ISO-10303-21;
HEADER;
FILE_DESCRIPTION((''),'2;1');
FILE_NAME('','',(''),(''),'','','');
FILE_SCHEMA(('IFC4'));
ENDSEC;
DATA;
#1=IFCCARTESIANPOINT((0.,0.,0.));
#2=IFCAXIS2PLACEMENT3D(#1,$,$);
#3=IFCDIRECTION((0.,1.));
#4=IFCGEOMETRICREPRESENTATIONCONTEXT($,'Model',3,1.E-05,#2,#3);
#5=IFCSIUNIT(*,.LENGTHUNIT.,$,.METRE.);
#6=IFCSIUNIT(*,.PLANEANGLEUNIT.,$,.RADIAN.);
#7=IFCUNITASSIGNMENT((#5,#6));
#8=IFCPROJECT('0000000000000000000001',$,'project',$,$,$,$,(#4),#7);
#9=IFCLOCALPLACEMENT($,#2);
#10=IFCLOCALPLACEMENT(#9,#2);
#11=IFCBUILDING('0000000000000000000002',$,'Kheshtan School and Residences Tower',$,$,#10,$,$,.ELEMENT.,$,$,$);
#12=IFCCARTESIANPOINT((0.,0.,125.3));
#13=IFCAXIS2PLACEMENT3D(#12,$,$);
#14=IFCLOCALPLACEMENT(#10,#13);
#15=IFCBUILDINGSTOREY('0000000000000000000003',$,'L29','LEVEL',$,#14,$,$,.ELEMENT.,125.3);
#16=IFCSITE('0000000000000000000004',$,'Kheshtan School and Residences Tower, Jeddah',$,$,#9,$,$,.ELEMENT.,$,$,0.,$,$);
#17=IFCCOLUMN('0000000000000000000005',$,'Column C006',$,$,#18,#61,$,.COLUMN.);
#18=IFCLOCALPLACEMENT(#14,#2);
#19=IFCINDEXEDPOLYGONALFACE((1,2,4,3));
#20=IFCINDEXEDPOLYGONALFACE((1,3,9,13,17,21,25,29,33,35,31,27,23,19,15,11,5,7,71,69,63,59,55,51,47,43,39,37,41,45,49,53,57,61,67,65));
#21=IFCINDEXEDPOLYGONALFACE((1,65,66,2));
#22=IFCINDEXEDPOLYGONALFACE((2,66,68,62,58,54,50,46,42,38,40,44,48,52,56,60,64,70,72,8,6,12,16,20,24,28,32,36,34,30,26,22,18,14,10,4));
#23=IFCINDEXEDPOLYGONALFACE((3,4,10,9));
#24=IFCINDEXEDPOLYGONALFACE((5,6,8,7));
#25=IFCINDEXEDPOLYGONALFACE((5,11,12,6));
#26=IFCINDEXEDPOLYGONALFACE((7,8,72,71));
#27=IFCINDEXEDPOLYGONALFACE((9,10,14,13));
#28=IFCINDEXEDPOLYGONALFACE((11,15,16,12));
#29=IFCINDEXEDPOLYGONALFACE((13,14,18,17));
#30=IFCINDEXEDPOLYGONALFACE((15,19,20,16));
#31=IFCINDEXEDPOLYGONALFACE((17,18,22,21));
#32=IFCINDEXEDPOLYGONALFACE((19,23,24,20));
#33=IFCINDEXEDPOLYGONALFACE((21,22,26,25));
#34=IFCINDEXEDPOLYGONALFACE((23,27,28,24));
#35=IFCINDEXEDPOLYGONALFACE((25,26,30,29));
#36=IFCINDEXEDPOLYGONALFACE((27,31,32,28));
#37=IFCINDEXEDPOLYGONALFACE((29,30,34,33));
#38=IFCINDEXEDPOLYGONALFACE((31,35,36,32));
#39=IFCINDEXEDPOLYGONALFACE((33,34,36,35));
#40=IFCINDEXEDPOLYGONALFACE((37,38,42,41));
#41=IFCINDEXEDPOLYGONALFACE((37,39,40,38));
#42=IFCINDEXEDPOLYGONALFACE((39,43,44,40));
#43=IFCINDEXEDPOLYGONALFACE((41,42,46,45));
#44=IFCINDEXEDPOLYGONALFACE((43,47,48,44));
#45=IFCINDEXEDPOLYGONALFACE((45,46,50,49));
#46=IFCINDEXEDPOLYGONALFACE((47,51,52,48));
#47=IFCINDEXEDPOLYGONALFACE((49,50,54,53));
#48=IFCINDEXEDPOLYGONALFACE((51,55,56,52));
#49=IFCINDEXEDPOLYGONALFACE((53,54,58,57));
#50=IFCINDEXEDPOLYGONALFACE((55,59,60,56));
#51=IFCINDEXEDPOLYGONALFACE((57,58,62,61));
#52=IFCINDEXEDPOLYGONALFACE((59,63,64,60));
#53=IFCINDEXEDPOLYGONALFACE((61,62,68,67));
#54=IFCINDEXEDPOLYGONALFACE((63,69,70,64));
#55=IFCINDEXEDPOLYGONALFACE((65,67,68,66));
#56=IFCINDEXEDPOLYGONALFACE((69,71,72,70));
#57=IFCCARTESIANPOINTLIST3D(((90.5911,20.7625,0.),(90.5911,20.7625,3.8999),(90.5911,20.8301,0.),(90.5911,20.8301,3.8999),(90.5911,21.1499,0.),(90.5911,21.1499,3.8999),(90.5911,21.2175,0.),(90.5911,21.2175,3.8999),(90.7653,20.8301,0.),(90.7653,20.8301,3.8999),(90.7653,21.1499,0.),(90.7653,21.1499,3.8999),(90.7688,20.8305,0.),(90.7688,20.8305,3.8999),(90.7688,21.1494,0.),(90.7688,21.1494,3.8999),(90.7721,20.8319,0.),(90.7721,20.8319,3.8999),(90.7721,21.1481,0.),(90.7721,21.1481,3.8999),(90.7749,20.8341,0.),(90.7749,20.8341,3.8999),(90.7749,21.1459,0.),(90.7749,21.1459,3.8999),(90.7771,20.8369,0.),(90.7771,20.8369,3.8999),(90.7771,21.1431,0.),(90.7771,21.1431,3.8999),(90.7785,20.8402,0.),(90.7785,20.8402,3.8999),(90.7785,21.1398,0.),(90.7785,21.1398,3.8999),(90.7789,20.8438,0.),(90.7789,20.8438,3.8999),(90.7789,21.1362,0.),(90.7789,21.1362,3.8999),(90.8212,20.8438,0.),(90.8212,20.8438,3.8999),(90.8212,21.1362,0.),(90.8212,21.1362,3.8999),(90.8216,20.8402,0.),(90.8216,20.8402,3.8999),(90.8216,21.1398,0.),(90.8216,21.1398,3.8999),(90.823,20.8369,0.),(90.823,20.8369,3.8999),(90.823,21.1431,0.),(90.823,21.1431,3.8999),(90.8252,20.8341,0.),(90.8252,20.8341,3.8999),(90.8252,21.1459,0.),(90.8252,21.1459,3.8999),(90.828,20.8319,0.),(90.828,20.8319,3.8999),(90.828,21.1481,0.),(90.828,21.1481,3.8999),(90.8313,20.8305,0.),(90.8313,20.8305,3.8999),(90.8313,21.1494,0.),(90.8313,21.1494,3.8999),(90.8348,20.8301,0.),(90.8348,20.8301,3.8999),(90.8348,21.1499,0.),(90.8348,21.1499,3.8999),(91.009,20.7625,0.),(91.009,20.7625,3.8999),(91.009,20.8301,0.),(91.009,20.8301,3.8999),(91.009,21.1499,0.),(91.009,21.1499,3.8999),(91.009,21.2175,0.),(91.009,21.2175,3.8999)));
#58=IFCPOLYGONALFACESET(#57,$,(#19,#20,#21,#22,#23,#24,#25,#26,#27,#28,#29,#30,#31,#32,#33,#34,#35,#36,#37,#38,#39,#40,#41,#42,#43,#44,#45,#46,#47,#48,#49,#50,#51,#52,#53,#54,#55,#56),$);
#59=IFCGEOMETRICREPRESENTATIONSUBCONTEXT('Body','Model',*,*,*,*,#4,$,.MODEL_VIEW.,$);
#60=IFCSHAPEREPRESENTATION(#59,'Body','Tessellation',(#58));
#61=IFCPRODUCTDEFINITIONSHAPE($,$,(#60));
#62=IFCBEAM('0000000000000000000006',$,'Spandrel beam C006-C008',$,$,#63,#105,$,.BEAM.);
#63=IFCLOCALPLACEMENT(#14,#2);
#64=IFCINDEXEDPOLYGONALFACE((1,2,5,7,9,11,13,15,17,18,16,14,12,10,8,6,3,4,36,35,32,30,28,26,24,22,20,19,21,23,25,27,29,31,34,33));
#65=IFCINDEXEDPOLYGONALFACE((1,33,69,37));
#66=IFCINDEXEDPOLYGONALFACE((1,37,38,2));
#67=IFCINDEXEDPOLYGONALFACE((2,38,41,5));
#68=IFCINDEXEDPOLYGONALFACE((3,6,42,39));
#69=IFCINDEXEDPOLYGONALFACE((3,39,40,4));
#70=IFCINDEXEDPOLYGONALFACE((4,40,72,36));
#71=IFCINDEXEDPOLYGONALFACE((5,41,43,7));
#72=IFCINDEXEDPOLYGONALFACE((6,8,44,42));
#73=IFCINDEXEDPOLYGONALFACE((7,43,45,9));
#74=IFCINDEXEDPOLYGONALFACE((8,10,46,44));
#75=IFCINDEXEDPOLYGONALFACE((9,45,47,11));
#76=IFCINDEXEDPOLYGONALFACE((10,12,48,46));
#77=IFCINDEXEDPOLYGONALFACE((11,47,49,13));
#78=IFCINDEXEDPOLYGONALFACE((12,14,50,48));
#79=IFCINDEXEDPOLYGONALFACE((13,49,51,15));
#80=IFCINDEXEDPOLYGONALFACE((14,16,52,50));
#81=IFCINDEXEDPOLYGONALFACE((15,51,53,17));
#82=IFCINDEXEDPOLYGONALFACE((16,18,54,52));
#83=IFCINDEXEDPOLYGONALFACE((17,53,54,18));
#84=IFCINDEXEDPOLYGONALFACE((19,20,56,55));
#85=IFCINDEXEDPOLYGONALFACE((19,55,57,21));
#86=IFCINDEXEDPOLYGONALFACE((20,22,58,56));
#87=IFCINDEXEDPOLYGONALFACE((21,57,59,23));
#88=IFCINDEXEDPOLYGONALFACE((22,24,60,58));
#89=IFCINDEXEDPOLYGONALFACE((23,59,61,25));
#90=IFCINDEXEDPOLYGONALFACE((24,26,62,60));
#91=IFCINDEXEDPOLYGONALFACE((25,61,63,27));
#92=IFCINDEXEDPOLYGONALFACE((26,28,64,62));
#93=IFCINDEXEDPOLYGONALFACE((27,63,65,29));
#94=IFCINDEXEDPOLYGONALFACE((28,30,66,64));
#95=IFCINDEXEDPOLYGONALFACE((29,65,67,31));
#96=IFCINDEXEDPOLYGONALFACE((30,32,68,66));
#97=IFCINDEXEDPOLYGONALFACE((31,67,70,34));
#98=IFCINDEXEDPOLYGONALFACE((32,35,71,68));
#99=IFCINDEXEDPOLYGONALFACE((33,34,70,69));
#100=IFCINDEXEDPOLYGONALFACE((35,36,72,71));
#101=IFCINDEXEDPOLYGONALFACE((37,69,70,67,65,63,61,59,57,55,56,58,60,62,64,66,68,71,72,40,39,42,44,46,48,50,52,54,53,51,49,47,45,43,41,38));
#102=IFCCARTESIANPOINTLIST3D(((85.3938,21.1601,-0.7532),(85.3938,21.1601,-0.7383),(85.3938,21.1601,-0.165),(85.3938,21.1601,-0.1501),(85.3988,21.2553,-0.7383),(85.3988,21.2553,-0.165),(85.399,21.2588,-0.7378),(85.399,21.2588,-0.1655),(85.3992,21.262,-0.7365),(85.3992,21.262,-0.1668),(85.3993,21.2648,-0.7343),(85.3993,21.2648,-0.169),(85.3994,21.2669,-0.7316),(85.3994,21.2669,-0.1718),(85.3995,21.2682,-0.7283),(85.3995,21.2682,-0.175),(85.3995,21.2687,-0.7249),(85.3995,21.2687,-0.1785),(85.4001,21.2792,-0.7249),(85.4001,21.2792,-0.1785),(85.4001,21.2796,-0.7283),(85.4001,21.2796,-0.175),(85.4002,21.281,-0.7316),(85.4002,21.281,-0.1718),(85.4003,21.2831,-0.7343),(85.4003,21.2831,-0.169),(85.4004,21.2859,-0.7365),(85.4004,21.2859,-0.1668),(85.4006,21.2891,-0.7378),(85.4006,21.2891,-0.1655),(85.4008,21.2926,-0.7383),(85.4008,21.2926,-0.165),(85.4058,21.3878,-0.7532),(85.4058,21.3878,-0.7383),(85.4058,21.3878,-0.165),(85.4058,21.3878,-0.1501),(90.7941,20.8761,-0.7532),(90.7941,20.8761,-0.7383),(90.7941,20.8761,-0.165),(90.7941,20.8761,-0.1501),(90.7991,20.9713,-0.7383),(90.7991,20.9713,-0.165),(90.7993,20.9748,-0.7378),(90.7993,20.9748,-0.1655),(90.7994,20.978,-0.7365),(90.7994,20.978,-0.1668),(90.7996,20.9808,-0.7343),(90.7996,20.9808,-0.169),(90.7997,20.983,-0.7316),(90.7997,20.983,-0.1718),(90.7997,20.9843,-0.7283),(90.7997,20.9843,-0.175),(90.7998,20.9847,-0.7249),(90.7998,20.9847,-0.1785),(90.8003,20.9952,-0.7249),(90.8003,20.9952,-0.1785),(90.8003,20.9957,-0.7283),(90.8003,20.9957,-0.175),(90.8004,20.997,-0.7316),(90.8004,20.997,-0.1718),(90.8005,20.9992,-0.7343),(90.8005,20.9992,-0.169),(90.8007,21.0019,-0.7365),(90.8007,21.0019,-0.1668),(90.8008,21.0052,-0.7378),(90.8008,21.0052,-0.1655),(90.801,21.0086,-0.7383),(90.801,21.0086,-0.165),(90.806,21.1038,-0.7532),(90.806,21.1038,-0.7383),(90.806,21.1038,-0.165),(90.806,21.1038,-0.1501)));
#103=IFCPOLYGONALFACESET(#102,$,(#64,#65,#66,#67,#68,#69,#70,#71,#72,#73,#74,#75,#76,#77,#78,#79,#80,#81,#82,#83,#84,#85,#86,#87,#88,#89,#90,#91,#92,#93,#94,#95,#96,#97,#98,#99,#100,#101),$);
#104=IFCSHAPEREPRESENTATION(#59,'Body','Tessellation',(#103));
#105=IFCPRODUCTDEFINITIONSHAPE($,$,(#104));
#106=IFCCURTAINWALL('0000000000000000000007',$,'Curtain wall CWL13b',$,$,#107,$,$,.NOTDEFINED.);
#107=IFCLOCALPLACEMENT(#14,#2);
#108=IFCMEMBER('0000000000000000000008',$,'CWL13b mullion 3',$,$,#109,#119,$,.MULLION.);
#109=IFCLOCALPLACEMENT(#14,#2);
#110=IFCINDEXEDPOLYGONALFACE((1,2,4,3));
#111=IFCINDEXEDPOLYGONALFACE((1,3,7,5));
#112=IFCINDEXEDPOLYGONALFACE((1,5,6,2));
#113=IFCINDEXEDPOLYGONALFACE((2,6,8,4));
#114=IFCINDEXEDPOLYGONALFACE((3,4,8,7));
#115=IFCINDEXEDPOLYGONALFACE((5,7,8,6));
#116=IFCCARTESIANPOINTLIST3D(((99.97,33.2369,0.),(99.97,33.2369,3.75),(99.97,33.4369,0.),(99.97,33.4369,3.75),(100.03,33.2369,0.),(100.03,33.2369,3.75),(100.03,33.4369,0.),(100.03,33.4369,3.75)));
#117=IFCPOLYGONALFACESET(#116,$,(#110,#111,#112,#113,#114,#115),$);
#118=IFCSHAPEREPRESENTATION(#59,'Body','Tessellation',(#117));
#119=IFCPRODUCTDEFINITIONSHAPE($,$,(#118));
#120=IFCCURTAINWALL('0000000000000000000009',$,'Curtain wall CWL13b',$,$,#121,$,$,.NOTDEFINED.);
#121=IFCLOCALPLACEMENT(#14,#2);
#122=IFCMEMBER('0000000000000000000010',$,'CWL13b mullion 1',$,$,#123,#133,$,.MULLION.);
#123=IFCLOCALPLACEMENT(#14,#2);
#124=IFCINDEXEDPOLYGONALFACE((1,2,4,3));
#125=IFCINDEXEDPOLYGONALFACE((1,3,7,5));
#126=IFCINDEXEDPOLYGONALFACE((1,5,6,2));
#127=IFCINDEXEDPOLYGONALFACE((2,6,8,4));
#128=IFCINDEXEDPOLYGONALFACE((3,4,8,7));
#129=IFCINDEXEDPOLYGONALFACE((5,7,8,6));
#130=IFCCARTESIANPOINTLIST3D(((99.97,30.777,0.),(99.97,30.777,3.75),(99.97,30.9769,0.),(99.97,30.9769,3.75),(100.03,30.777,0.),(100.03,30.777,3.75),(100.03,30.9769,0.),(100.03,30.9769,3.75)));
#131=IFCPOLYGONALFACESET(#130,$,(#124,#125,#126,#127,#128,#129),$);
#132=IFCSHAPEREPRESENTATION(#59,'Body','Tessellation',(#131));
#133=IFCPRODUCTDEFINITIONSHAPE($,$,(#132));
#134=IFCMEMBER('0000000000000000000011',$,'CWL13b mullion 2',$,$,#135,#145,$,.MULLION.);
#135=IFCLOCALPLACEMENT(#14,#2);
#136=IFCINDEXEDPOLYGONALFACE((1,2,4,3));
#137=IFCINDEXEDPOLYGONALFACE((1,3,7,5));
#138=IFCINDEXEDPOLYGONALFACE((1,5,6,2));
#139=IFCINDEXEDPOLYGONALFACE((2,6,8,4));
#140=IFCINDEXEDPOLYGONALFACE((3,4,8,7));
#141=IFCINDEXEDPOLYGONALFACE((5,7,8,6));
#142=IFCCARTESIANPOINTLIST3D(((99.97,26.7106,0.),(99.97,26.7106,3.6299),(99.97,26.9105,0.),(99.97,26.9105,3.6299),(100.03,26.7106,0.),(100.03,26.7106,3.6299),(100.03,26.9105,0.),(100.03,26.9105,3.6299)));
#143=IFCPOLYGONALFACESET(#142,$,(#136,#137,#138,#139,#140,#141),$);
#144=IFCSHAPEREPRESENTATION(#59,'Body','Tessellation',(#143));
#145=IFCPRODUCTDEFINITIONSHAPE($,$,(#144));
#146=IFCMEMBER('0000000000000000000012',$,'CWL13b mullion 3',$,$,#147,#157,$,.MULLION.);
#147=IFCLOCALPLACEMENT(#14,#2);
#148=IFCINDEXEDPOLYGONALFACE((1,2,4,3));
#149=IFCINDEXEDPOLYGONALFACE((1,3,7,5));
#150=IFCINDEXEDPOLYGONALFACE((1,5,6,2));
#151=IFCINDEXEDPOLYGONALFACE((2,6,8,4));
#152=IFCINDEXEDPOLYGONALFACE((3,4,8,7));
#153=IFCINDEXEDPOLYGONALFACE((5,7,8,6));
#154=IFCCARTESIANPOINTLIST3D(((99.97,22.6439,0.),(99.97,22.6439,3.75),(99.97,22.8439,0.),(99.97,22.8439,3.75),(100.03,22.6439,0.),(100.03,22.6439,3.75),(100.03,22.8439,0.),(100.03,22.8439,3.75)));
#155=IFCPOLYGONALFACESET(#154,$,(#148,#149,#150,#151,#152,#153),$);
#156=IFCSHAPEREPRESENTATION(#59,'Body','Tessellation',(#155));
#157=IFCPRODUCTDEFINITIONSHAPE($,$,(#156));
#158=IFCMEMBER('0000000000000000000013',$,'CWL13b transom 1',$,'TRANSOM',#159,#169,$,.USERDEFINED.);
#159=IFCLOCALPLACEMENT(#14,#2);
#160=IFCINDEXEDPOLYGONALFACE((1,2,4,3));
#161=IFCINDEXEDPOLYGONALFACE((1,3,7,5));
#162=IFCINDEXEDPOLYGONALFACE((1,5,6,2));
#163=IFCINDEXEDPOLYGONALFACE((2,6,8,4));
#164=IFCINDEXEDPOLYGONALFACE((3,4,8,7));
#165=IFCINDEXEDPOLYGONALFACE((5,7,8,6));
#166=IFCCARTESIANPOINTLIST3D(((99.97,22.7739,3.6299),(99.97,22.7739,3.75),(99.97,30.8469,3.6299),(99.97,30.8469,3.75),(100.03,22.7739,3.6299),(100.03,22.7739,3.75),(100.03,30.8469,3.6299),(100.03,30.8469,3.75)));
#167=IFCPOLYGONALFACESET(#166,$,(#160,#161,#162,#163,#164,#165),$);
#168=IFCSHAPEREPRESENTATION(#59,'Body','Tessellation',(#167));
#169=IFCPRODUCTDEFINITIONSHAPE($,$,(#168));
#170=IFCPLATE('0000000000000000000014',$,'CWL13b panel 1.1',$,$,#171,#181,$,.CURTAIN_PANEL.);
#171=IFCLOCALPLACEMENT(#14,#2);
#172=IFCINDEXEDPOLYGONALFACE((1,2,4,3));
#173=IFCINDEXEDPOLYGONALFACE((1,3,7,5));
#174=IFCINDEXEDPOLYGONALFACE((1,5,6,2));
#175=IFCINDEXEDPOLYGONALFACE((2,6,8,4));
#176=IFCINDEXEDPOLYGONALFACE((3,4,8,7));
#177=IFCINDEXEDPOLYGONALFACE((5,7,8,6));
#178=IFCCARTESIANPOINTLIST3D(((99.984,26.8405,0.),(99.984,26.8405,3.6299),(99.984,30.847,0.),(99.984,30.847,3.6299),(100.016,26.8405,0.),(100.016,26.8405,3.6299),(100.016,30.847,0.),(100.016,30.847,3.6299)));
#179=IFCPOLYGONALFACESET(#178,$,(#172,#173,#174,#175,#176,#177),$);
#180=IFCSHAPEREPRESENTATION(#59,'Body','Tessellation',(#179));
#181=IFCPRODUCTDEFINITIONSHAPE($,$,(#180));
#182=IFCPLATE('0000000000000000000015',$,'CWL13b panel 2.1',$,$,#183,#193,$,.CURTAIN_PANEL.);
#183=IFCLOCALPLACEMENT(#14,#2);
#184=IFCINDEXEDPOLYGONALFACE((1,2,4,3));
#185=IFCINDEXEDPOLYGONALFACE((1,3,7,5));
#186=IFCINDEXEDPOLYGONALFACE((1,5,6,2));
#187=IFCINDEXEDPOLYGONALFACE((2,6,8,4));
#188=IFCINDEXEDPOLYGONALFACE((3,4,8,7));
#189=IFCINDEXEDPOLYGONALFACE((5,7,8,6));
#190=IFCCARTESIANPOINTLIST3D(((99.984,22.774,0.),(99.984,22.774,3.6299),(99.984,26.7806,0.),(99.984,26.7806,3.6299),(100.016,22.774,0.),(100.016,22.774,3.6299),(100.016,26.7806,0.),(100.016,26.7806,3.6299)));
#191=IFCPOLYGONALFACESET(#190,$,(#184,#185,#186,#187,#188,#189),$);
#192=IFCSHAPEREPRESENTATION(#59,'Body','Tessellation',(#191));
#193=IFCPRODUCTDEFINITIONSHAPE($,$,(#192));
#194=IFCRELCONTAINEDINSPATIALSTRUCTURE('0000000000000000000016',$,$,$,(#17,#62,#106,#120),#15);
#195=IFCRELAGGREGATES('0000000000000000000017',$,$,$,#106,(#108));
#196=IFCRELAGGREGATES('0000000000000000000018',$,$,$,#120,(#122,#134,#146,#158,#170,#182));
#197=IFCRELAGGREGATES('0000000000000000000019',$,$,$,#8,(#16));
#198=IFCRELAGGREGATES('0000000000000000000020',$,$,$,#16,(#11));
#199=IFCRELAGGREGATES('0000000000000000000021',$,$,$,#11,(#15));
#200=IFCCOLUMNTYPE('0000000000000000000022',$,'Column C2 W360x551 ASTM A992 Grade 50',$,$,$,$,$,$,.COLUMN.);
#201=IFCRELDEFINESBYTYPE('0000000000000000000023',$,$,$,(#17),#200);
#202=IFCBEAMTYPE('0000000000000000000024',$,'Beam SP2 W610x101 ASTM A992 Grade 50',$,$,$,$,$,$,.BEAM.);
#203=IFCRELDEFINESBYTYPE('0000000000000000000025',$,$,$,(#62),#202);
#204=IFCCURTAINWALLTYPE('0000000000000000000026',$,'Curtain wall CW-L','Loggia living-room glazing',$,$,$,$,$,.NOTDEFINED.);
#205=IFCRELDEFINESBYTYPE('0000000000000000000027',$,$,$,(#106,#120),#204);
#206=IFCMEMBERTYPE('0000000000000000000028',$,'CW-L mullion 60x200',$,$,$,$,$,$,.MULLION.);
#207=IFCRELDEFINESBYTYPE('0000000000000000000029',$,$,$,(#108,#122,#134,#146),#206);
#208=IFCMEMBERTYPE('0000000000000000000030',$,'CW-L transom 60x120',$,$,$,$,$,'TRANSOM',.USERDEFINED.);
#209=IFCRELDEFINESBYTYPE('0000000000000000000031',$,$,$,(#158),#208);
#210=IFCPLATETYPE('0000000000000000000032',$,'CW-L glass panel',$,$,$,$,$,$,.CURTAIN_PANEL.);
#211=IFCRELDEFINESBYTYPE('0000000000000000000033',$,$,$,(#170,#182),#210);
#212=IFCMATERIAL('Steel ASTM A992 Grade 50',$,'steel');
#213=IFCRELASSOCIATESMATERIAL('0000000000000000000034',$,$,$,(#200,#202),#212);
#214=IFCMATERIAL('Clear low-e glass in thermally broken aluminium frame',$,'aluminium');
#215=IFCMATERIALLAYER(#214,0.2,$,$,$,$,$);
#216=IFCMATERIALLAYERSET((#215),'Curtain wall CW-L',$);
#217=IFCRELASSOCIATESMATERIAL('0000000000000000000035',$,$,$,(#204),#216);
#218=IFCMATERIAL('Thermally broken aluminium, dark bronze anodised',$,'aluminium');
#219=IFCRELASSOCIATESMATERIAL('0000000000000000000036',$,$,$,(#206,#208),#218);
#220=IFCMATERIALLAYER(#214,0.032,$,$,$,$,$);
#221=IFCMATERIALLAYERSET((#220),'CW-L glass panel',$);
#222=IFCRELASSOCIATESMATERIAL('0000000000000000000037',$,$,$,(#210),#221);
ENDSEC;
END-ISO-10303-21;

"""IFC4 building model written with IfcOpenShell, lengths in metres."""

from ifc_helpers import new_model, si_unit, direction, frame, origin, origin_2d, place, context, subcontext, project, spatial, rectangle, i_section, extrude, material, layer, layer_set, material_profile, profile_set, type_object, element, aggregate, save


model = new_model("IFC4")

# Units and contexts
model_context = context("Model", 3, precision=1e-05, world=origin(), true_north=direction((0.0, 1.0)))
body_context = subcontext(model_context, "Body", "Model", "MODEL_VIEW")
ifc_project = project(units=[si_unit("LENGTHUNIT", "METRE"), si_unit("PLANEANGLEUNIT", "RADIAN")], contexts=[model_context])

# Site, building, storey
site_placement = place(None, origin())
site = spatial("IfcSite", under=ifc_project, at=site_placement, Name="Kheshtan School and Residences Tower, Jeddah", CompositionType="ELEMENT", RefElevation=0.0)
building_placement = place(site_placement, origin())
building = spatial("IfcBuilding", under=site, at=building_placement, Name="Kheshtan School and Residences Tower", CompositionType="ELEMENT")
storey_placement = place(building_placement, frame((0.0, 0.0, 125.3)))
storey = spatial("IfcBuildingStorey", under=building, at=storey_placement, Name="L29", Description="LEVEL", CompositionType="ELEMENT", Elevation=125.3)

# Column
ifc_material_1 = material(Name="Steel ASTM A992 Grade 50", Category="steel")
ifc_material_profile_1 = material_profile(ifc_material_1, i_section(OverallWidth=0.418, OverallDepth=0.4551, WebThickness=0.0422, FlangeThickness=0.0676, FilletRadius=0.0137, at=origin_2d()), Name="W360x551")
ifc_profile_set_1 = profile_set([ifc_material_profile_1], Name="Steel ASTM A992 Grade 50")
column_type = type_object("IfcColumnType", Name="Column C2 W360x551 ASTM A992 Grade 50", PredefinedType="COLUMN", material=ifc_profile_set_1)
column_placement = place(storey_placement, frame((90.8, 20.99, 0.0), z_axis=(0.0, 0.0, 1.0), x_axis=(1.0, 0.0, 0.0)))
element("IfcColumn", 1, at=column_placement, inside=storey, type_object=column_type, Name="Column C006", PredefinedType="COLUMN", context=body_context, shape_type="SweptSolid", body=[
    extrude(i_section(OverallWidth=0.418, OverallDepth=0.4551, WebThickness=0.0422, FlangeThickness=0.0676, FilletRadius=0.0137, at=origin_2d()), origin(), (0.0, 0.0, 1.0), 3.8999),
])

# Beam
ifc_material_profile_2 = material_profile(ifc_material_1, i_section(OverallWidth=0.228, OverallDepth=0.603, WebThickness=0.0105, FlangeThickness=0.0149, FilletRadius=0.0134, at=origin_2d()), Name="W610x101")
ifc_profile_set_2 = profile_set([ifc_material_profile_2], Name="Steel ASTM A992 Grade 50")
beam_type = type_object("IfcBeamType", Name="Beam SP2 W610x101 ASTM A992 Grade 50", PredefinedType="BEAM", material=ifc_profile_set_2)
beam_placement = place(storey_placement, frame((90.8, 20.99, -0.4517), z_axis=(-0.998621, 0.052507, 0.0), x_axis=(-0.052507, -0.998621, 0.0)))
element("IfcBeam", 2, at=beam_placement, inside=storey, type_object=beam_type, Name="Spandrel beam C006-C008", PredefinedType="BEAM", context=body_context, shape_type="SweptSolid", body=[
    extrude(i_section(OverallWidth=0.228, OverallDepth=0.603, WebThickness=0.0105, FlangeThickness=0.0149, FilletRadius=0.0134, at=origin_2d()), origin(), (0.0, 0.0, 1.0), 5.4077),
])

# Curtain wall, member
ifc_material_2 = material(Name="Clear low-e glass in thermally broken aluminium frame", Category="aluminium")
ifc_layer_1 = layer(ifc_material_2, 0.2)
ifc_layer_set_1 = layer_set([ifc_layer_1], Name="Curtain wall CW-L")
curtain_wall_type = type_object("IfcCurtainWallType", Name="Curtain wall CW-L", Description="Loggia living-room glazing", PredefinedType="NOTDEFINED", material=ifc_layer_set_1)
curtain_wall_1_placement = place(storey_placement, origin())
curtain_wall_1 = element("IfcCurtainWall", 3, at=curtain_wall_1_placement, inside=storey, type_object=curtain_wall_type, Name="Curtain wall CWL13b", PredefinedType="NOTDEFINED")
ifc_material_3 = material(Name="Thermally broken aluminium, dark bronze anodised", Category="aluminium")
ifc_material_profile_3 = material_profile(ifc_material_3, rectangle(XDim=0.0601, YDim=0.2, at=origin_2d()), Name="CW-L mullion 60x200")
ifc_profile_set_3 = profile_set([ifc_material_profile_3], Name="Thermally broken aluminium, dark bronze anodised")
member_type_1 = type_object("IfcMemberType", Name="CW-L mullion 60x200", PredefinedType="MULLION", material=ifc_profile_set_3)
member_1_placement = place(storey_placement, frame((100.0, 33.3369, 0.0), z_axis=(0.0, 0.0, 1.0), x_axis=(1.0, 0.0, 0.0)))
member_1 = element("IfcMember", 4, at=member_1_placement, type_object=member_type_1, Name="CWL13b mullion 3", PredefinedType="MULLION", context=body_context, shape_type="SweptSolid", body=[
    extrude(rectangle(XDim=0.0601, YDim=0.2, at=origin_2d()), origin(), (0.0, 0.0, 1.0), 3.75),
])
aggregate(curtain_wall_1, [member_1])

# Curtain wall, members, plates
curtain_wall_2_placement = place(storey_placement, origin())
curtain_wall_2 = element("IfcCurtainWall", 5, at=curtain_wall_2_placement, inside=storey, type_object=curtain_wall_type, Name="Curtain wall CWL13b", PredefinedType="NOTDEFINED")
member_2_placement = place(storey_placement, frame((100.0, 30.877, 0.0), z_axis=(0.0, 0.0, 1.0), x_axis=(1.0, 0.0, 0.0)))
member_2 = element("IfcMember", 6, at=member_2_placement, type_object=member_type_1, Name="CWL13b mullion 1", PredefinedType="MULLION", context=body_context, shape_type="SweptSolid", body=[
    extrude(rectangle(XDim=0.0601, YDim=0.2, at=origin_2d()), origin(), (0.0, 0.0, 1.0), 3.75),
])
member_3_placement = place(storey_placement, frame((100.0, 26.8105, 0.0), z_axis=(0.0, 0.0, 1.0), x_axis=(1.0, 0.0, 0.0)))
member_3 = element("IfcMember", 7, at=member_3_placement, type_object=member_type_1, Name="CWL13b mullion 2", PredefinedType="MULLION", context=body_context, shape_type="SweptSolid", body=[
    extrude(rectangle(XDim=0.0601, YDim=0.2, at=origin_2d()), origin(), (0.0, 0.0, 1.0), 3.6299),
])
member_4_placement = place(storey_placement, frame((100.0, 22.7439, 0.0), z_axis=(0.0, 0.0, 1.0), x_axis=(1.0, 0.0, 0.0)))
member_4 = element("IfcMember", 8, at=member_4_placement, type_object=member_type_1, Name="CWL13b mullion 3", PredefinedType="MULLION", context=body_context, shape_type="SweptSolid", body=[
    extrude(rectangle(XDim=0.0601, YDim=0.2, at=origin_2d()), origin(), (0.0, 0.0, 1.0), 3.75),
])
ifc_material_profile_4 = material_profile(ifc_material_3, rectangle(XDim=0.0601, YDim=0.1201, at=origin_2d()), Name="CW-L transom 60x120")
ifc_profile_set_4 = profile_set([ifc_material_profile_4], Name="Thermally broken aluminium, dark bronze anodised")
member_type_2 = type_object("IfcMemberType", Name="CW-L transom 60x120", ElementType="TRANSOM", PredefinedType="USERDEFINED", material=ifc_profile_set_4)
member_5_placement = place(storey_placement, frame((100.0, 30.8469, 3.6899), z_axis=(0.0, -1.0, 0.0), x_axis=(1.0, 0.0, 0.0)))
member_5 = element("IfcMember", 9, at=member_5_placement, type_object=member_type_2, Name="CWL13b transom 1", ObjectType="TRANSOM", PredefinedType="USERDEFINED", context=body_context, shape_type="SweptSolid", body=[
    extrude(rectangle(XDim=0.0601, YDim=0.1201, at=origin_2d()), origin(), (0.0, 0.0, 1.0), 8.073),
])
ifc_layer_2 = layer(ifc_material_2, 0.032)
ifc_layer_set_2 = layer_set([ifc_layer_2], Name="CW-L glass panel")
plate_type = type_object("IfcPlateType", Name="CW-L glass panel", PredefinedType="CURTAIN_PANEL", material=ifc_layer_set_2)
plate_1_placement = place(storey_placement, frame((100.0, 28.8438, 0.0), z_axis=(0.0, 0.0, 1.0), x_axis=(0.0, -1.0, 0.0)))
plate_1 = element("IfcPlate", 10, at=plate_1_placement, type_object=plate_type, Name="CWL13b panel 1.1", PredefinedType="CURTAIN_PANEL", context=body_context, shape_type="SweptSolid", body=[
    extrude(rectangle(XDim=4.0066, YDim=0.032, at=origin_2d()), origin(), (0.0, 0.0, 1.0), 3.6299),
])
plate_2_placement = place(storey_placement, frame((100.0, 24.7773, 0.0), z_axis=(0.0, 0.0, 1.0), x_axis=(0.0, -1.0, 0.0)))
plate_2 = element("IfcPlate", 11, at=plate_2_placement, type_object=plate_type, Name="CWL13b panel 2.1", PredefinedType="CURTAIN_PANEL", context=body_context, shape_type="SweptSolid", body=[
    extrude(rectangle(XDim=4.0066, YDim=0.032, at=origin_2d()), origin(), (0.0, 0.0, 1.0), 3.6299),
])
aggregate(curtain_wall_2, [member_2, member_3, member_4, member_5, plate_1, plate_2])

save(model, "model.ifc")
